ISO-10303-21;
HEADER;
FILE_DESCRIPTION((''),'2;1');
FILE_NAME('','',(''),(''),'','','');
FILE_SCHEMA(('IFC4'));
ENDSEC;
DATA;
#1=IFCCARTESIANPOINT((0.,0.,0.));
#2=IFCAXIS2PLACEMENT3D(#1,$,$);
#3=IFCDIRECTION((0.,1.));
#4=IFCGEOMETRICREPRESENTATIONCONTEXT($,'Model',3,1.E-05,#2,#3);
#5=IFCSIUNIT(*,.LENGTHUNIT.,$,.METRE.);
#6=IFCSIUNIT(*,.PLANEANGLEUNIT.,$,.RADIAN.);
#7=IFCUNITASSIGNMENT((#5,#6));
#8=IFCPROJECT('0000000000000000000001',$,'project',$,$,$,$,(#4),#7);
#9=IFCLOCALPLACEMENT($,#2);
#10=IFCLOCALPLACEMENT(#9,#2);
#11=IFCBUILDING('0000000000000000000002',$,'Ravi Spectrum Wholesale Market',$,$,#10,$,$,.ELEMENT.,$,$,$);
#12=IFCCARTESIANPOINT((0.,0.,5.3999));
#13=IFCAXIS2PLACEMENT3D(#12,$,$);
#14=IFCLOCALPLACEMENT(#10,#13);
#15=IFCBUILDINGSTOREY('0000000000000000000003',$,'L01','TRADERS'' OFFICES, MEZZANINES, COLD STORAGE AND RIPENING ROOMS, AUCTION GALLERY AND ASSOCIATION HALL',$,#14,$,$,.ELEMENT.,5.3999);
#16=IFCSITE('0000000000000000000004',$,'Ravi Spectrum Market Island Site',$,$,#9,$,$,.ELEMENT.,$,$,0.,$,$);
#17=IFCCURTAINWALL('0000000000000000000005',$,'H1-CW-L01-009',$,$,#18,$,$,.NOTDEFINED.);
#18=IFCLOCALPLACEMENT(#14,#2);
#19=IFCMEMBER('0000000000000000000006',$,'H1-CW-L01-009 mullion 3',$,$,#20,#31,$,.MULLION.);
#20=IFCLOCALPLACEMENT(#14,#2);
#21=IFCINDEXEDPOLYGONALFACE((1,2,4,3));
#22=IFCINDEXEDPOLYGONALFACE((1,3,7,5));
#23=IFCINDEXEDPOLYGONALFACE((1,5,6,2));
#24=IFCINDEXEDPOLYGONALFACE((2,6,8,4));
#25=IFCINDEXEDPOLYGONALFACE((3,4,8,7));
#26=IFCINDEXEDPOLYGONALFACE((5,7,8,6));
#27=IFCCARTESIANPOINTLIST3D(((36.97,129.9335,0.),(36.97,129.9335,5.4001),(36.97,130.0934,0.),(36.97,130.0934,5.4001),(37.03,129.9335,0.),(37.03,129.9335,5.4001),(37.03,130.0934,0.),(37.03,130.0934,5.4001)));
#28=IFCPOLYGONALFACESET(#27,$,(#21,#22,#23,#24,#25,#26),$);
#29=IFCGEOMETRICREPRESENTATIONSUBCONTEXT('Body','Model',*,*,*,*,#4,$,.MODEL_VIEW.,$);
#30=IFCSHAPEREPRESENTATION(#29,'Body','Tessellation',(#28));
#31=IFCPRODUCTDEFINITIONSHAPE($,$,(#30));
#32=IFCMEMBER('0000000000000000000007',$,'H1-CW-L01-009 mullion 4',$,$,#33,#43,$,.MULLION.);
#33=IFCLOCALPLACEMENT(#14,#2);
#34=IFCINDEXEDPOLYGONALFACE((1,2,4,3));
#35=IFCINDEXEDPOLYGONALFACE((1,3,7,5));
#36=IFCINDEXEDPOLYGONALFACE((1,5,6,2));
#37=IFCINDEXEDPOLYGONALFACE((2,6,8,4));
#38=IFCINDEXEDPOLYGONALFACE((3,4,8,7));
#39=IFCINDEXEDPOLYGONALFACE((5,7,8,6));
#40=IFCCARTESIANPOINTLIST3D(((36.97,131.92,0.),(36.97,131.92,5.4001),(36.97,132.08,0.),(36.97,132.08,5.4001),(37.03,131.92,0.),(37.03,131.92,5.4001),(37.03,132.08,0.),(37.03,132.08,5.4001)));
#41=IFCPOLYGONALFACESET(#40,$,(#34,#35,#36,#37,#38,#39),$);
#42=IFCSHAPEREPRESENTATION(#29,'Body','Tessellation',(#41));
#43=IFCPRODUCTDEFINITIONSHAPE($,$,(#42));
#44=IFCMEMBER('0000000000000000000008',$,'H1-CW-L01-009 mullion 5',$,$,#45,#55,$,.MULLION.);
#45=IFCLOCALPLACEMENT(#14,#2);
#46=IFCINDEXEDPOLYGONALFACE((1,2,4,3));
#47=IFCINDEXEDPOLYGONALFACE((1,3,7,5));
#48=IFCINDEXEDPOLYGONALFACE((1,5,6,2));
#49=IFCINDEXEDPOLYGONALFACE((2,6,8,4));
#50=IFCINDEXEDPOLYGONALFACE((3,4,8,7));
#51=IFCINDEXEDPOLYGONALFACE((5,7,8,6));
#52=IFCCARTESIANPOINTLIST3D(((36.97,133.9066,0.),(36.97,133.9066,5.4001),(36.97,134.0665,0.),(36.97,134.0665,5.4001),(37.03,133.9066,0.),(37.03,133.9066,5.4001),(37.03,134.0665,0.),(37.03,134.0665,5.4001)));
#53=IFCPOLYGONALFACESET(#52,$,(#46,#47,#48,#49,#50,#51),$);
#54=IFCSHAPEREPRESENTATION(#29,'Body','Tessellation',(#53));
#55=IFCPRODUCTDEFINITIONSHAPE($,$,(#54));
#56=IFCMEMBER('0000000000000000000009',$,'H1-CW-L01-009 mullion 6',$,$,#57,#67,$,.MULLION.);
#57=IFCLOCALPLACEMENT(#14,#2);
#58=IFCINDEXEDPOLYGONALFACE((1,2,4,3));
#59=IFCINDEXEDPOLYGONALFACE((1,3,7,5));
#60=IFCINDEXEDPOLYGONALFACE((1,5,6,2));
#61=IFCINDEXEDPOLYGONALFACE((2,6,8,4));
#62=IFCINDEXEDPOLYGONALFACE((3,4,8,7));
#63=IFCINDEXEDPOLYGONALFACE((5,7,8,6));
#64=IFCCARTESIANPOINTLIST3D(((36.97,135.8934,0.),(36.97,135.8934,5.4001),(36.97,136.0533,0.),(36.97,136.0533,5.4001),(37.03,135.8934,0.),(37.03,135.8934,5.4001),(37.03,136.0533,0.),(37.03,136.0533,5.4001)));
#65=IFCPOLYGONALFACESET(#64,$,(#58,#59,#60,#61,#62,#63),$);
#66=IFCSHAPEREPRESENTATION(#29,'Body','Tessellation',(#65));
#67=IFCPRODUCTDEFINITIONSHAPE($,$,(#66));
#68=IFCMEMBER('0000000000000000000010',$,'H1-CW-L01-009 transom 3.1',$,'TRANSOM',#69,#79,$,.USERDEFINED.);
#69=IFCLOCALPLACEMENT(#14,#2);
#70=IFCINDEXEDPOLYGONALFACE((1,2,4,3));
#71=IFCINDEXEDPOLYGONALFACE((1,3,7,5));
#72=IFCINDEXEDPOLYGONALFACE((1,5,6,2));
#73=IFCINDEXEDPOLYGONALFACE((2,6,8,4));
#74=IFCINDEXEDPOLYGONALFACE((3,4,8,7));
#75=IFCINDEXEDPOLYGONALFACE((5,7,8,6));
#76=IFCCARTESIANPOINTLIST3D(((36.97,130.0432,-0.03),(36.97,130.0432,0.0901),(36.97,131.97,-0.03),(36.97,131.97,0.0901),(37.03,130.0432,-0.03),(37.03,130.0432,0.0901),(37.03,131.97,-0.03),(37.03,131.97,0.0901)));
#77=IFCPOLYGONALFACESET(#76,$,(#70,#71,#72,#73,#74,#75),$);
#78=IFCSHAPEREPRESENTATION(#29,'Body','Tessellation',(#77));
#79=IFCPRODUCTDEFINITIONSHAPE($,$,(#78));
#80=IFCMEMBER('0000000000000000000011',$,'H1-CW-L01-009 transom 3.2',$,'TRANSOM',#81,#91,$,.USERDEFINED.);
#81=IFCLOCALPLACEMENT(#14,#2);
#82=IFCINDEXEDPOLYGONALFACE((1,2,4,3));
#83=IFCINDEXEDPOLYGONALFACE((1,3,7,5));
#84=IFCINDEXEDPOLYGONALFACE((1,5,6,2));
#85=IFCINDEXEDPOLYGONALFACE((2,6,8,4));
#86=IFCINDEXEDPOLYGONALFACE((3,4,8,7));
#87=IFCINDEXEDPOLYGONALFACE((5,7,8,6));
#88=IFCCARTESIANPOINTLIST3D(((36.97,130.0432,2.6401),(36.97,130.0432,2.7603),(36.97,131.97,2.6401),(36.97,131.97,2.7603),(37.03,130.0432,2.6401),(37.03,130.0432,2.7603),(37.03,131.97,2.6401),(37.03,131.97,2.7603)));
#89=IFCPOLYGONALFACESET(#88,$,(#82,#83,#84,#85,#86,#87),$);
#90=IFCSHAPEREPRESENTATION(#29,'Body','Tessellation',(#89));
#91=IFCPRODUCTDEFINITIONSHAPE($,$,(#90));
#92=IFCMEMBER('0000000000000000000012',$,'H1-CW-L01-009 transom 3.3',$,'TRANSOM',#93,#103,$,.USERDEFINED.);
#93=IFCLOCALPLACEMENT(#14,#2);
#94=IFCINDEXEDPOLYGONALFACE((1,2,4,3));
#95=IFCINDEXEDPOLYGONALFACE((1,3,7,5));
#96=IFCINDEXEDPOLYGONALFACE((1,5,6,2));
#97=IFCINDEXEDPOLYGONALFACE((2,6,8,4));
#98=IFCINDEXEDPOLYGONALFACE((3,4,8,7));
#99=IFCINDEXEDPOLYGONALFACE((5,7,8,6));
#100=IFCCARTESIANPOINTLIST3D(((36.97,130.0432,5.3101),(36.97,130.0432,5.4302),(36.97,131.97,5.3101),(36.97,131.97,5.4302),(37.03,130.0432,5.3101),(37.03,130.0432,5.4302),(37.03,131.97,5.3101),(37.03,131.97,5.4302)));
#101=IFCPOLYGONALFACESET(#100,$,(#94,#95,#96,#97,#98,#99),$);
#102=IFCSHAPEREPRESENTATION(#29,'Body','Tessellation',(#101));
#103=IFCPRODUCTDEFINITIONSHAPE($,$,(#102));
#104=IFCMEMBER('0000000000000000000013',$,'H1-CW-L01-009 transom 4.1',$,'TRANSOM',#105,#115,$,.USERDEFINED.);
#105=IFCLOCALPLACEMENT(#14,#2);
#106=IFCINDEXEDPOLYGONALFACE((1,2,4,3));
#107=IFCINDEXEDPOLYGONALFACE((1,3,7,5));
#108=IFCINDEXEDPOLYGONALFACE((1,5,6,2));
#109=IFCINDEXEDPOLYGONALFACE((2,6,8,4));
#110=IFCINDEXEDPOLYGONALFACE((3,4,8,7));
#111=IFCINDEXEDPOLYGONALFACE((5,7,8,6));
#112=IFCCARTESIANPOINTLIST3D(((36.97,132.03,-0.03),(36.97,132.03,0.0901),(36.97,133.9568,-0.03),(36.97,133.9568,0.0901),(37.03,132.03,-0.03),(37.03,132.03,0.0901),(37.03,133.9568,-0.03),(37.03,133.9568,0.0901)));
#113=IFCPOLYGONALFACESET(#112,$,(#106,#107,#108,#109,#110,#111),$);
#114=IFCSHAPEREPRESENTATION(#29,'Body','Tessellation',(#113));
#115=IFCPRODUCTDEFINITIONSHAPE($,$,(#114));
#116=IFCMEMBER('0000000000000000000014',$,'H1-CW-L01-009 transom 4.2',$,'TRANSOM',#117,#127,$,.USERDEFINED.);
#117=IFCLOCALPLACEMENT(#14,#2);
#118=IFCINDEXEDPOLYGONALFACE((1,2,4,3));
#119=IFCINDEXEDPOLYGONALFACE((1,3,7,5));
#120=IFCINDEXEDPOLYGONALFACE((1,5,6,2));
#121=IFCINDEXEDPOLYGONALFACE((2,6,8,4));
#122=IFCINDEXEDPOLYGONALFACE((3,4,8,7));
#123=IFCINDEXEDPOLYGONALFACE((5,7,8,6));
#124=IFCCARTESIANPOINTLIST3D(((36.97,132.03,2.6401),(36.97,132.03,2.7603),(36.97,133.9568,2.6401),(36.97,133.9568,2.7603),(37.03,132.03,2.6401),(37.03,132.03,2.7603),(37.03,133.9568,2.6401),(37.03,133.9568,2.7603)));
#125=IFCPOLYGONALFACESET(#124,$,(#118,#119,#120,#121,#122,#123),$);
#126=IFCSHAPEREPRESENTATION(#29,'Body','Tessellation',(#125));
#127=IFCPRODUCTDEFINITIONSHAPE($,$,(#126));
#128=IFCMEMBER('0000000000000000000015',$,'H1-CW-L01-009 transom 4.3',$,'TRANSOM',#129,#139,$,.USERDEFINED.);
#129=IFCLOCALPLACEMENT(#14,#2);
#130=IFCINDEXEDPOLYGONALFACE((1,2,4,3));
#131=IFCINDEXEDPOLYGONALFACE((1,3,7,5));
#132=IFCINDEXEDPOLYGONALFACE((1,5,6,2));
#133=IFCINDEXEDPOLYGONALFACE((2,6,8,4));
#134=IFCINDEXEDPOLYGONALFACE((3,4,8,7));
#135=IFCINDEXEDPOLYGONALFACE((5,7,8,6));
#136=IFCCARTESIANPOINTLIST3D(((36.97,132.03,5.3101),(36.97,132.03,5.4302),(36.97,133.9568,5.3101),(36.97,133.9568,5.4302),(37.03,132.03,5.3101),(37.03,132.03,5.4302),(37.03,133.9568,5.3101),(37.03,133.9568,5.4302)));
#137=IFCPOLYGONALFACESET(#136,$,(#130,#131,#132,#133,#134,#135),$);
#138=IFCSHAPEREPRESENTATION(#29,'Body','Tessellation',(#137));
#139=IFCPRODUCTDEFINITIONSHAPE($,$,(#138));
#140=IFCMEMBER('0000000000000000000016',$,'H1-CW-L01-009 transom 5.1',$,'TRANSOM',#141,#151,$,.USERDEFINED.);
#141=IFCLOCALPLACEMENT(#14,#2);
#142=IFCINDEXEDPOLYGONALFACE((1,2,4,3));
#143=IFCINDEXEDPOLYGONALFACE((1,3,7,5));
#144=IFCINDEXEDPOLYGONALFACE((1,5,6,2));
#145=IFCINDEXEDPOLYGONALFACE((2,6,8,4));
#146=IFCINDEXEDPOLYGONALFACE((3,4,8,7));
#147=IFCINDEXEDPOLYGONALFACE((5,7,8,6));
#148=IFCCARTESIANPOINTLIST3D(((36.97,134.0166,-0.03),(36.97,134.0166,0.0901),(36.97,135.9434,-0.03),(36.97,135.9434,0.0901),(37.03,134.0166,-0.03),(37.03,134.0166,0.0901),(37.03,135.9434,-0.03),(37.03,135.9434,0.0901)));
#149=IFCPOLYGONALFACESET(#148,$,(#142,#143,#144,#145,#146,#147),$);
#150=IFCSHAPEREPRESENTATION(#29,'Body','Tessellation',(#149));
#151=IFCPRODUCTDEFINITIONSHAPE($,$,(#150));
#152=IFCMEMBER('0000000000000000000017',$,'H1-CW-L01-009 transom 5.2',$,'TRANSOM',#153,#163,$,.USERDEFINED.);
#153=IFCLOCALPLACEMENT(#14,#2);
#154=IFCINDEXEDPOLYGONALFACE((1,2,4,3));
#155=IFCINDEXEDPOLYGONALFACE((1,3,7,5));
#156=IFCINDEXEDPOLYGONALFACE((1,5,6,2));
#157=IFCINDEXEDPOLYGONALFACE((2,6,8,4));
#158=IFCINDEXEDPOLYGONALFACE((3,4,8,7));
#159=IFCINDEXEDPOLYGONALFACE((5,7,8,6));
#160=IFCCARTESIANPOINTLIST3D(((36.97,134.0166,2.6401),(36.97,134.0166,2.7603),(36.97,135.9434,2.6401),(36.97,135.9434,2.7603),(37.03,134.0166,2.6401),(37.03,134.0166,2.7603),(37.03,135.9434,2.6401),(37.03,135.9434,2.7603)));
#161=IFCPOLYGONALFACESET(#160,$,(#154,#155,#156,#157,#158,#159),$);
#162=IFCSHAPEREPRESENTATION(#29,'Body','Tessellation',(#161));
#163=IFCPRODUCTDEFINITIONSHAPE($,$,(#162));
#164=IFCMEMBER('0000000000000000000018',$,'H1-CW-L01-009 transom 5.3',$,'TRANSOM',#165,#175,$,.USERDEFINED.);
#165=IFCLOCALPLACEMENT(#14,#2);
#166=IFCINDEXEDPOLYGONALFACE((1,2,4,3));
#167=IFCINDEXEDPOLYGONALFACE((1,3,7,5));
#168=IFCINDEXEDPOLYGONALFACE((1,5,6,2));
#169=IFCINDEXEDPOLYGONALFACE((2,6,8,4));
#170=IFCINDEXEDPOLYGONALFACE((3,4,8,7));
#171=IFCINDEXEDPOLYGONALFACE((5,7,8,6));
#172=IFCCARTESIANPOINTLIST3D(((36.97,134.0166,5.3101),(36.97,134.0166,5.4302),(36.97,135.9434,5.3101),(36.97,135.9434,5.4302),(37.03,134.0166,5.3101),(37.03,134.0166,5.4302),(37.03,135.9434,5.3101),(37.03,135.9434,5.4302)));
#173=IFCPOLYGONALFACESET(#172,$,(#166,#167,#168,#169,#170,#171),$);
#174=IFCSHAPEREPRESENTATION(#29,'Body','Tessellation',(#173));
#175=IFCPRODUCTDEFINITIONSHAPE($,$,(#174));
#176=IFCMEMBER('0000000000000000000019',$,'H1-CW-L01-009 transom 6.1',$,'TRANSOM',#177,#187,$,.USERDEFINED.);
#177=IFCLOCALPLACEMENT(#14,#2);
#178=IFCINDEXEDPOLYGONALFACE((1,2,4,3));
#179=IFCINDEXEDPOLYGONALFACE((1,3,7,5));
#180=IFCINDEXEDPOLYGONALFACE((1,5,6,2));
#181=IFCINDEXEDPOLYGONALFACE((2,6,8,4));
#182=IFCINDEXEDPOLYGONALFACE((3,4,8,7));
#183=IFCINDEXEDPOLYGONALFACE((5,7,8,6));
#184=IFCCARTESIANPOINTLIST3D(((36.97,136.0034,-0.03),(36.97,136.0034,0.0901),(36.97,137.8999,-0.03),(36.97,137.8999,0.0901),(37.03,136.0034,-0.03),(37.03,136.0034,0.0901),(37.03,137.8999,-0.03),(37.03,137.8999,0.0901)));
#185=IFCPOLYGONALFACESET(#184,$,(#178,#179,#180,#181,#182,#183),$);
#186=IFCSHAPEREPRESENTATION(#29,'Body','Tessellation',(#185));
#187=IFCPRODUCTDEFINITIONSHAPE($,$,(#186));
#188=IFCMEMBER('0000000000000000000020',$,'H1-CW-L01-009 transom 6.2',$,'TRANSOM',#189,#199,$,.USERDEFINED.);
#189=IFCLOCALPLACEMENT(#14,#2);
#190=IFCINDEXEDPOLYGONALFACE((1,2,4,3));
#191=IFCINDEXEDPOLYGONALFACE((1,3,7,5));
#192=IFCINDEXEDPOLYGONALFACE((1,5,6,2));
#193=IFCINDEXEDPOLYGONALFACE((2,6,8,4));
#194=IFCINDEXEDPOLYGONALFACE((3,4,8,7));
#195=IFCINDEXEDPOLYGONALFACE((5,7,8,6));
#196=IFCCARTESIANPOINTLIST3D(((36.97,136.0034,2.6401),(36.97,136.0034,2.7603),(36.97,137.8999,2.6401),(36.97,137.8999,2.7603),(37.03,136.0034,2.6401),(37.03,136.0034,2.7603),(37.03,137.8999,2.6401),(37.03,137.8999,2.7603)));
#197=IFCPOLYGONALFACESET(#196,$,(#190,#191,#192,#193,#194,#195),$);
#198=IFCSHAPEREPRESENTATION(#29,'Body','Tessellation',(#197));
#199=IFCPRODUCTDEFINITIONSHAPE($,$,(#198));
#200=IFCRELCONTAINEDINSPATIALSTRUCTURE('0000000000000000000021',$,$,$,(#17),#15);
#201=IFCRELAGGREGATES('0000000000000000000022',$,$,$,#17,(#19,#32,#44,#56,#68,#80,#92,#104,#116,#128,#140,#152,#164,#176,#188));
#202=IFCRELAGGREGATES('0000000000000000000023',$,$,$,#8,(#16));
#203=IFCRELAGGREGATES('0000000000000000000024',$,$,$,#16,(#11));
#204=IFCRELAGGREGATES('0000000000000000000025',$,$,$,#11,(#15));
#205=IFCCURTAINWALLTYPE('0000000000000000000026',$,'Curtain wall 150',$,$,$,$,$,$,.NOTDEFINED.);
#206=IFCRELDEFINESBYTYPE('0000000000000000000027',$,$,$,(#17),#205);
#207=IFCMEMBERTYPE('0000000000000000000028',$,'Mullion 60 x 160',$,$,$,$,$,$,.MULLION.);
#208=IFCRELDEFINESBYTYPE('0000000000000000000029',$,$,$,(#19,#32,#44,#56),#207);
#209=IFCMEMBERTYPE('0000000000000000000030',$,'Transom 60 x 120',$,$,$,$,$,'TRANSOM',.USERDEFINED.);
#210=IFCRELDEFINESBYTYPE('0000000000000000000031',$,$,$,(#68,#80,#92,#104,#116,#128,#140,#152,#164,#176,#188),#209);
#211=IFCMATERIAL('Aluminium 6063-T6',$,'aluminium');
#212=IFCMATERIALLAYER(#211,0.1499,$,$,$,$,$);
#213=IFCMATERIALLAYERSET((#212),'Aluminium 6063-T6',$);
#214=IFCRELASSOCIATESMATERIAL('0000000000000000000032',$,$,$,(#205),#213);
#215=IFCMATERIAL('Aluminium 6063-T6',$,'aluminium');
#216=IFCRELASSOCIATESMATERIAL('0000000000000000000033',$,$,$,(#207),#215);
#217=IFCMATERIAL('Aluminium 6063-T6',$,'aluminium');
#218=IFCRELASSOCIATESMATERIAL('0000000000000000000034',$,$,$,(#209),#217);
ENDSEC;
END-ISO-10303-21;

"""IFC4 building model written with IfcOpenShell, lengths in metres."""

from ifc_helpers import new_model, si_unit, direction, frame, origin, origin_2d, place, context, subcontext, project, spatial, rectangle, extrude, material, layer, layer_set, material_profile, profile_set, type_object, element, aggregate, save


model = new_model("IFC4")

# Units and contexts
model_context = context("Model", 3, precision=1e-05, world=origin(), true_north=direction((0.0, 1.0)))
body_context = subcontext(model_context, "Body", "Model", "MODEL_VIEW")
ifc_project = project(units=[si_unit("LENGTHUNIT", "METRE"), si_unit("PLANEANGLEUNIT", "RADIAN")], contexts=[model_context])

# Site, building, storey
site_placement = place(None, origin())
site = spatial("IfcSite", under=ifc_project, at=site_placement, Name="Ravi Spectrum Market Island Site", CompositionType="ELEMENT", RefElevation=0.0)
building_placement = place(site_placement, origin())
building = spatial("IfcBuilding", under=site, at=building_placement, Name="Ravi Spectrum Wholesale Market", CompositionType="ELEMENT")
storey_placement = place(building_placement, frame((0.0, 0.0, 5.3999)))
storey = spatial("IfcBuildingStorey", under=building, at=storey_placement, Name="L01", Description="TRADERS' OFFICES, MEZZANINES, COLD STORAGE AND RIPENING ROOMS, AUCTION GALLERY AND ASSOCIATION HALL", CompositionType="ELEMENT", Elevation=5.3999)

# Curtain wall, members
ifc_material_1 = material(Name="Aluminium 6063-T6", Category="aluminium")
ifc_layer_1 = layer(ifc_material_1, 0.1499)
ifc_layer_set_1 = layer_set([ifc_layer_1], Name="Aluminium 6063-T6")
curtain_wall_type = type_object("IfcCurtainWallType", Name="Curtain wall 150", PredefinedType="NOTDEFINED", material=ifc_layer_set_1)
curtain_wall_placement = place(storey_placement, origin())
curtain_wall = element("IfcCurtainWall", 1, at=curtain_wall_placement, inside=storey, type_object=curtain_wall_type, Name="H1-CW-L01-009", PredefinedType="NOTDEFINED")
ifc_material_2 = material(Name="Aluminium 6063-T6", Category="aluminium")
ifc_material_profile_1 = material_profile(ifc_material_2, rectangle(XDim=0.0601, YDim=0.1599, at=origin_2d()))
ifc_profile_set_1 = profile_set([ifc_material_profile_1], Name="Aluminium 6063-T6")
member_type_1 = type_object("IfcMemberType", Name="Mullion 60 x 160", PredefinedType="MULLION", material=ifc_profile_set_1)
member_1_placement = place(storey_placement, frame((37.0, 130.0134, 0.0), z_axis=(0.0, 0.0, 1.0), x_axis=(-1.0, 0.0, 0.0)))
member_1 = element("IfcMember", 2, at=member_1_placement, type_object=member_type_1, Name="H1-CW-L01-009 mullion 3", PredefinedType="MULLION", context=body_context, shape_type="SweptSolid", body=[
    extrude(rectangle(XDim=0.0601, YDim=0.1599, at=origin_2d()), origin(), (0.0, 0.0, 1.0), 5.4001),
])
member_2_placement = place(storey_placement, frame((37.0, 132.0, 0.0), z_axis=(0.0, 0.0, 1.0), x_axis=(-1.0, 0.0, 0.0)))
member_2 = element("IfcMember", 3, at=member_2_placement, type_object=member_type_1, Name="H1-CW-L01-009 mullion 4", PredefinedType="MULLION", context=body_context, shape_type="SweptSolid", body=[
    extrude(rectangle(XDim=0.0601, YDim=0.1599, at=origin_2d()), origin(), (0.0, 0.0, 1.0), 5.4001),
])
member_3_placement = place(storey_placement, frame((37.0, 133.9866, 0.0), z_axis=(0.0, 0.0, 1.0), x_axis=(-1.0, 0.0, 0.0)))
member_3 = element("IfcMember", 4, at=member_3_placement, type_object=member_type_1, Name="H1-CW-L01-009 mullion 5", PredefinedType="MULLION", context=body_context, shape_type="SweptSolid", body=[
    extrude(rectangle(XDim=0.0601, YDim=0.1599, at=origin_2d()), origin(), (0.0, 0.0, 1.0), 5.4001),
])
member_4_placement = place(storey_placement, frame((37.0, 135.9734, 0.0), z_axis=(0.0, 0.0, 1.0), x_axis=(-1.0, 0.0, 0.0)))
member_4 = element("IfcMember", 5, at=member_4_placement, type_object=member_type_1, Name="H1-CW-L01-009 mullion 6", PredefinedType="MULLION", context=body_context, shape_type="SweptSolid", body=[
    extrude(rectangle(XDim=0.0601, YDim=0.1599, at=origin_2d()), origin(), (0.0, 0.0, 1.0), 5.4001),
])
ifc_material_3 = material(Name="Aluminium 6063-T6", Category="aluminium")
ifc_material_profile_2 = material_profile(ifc_material_3, rectangle(XDim=0.0601, YDim=0.1201, at=origin_2d()))
ifc_profile_set_2 = profile_set([ifc_material_profile_2], Name="Aluminium 6063-T6")
member_type_2 = type_object("IfcMemberType", Name="Transom 60 x 120", ElementType="TRANSOM", PredefinedType="USERDEFINED", material=ifc_profile_set_2)
member_5_placement = place(storey_placement, frame((37.0, 130.0432, 0.03), z_axis=(0.0, 1.0, 0.0), x_axis=(-1.0, 0.0, 0.0)))
member_5 = element("IfcMember", 6, at=member_5_placement, type_object=member_type_2, Name="H1-CW-L01-009 transom 3.1", ObjectType="TRANSOM", PredefinedType="USERDEFINED", context=body_context, shape_type="SweptSolid", body=[
    extrude(rectangle(XDim=0.0601, YDim=0.1201, at=origin_2d()), origin(), (0.0, 0.0, 1.0), 1.9268),
])
member_6_placement = place(storey_placement, frame((37.0, 130.0432, 2.7002), z_axis=(0.0, 1.0, 0.0), x_axis=(-1.0, 0.0, 0.0)))
member_6 = element("IfcMember", 7, at=member_6_placement, type_object=member_type_2, Name="H1-CW-L01-009 transom 3.2", ObjectType="TRANSOM", PredefinedType="USERDEFINED", context=body_context, shape_type="SweptSolid", body=[
    extrude(rectangle(XDim=0.0601, YDim=0.1201, at=origin_2d()), origin(), (0.0, 0.0, 1.0), 1.9268),
])
member_7_placement = place(storey_placement, frame((37.0, 130.0432, 5.3701), z_axis=(0.0, 1.0, 0.0), x_axis=(-1.0, 0.0, 0.0)))
member_7 = element("IfcMember", 8, at=member_7_placement, type_object=member_type_2, Name="H1-CW-L01-009 transom 3.3", ObjectType="TRANSOM", PredefinedType="USERDEFINED", context=body_context, shape_type="SweptSolid", body=[
    extrude(rectangle(XDim=0.0601, YDim=0.1201, at=origin_2d()), origin(), (0.0, 0.0, 1.0), 1.9268),
])
member_8_placement = place(storey_placement, frame((37.0, 132.03, 0.03), z_axis=(0.0, 1.0, 0.0), x_axis=(-1.0, 0.0, 0.0)))
member_8 = element("IfcMember", 9, at=member_8_placement, type_object=member_type_2, Name="H1-CW-L01-009 transom 4.1", ObjectType="TRANSOM", PredefinedType="USERDEFINED", context=body_context, shape_type="SweptSolid", body=[
    extrude(rectangle(XDim=0.0601, YDim=0.1201, at=origin_2d()), origin(), (0.0, 0.0, 1.0), 1.9268),
])
member_9_placement = place(storey_placement, frame((37.0, 132.03, 2.7002), z_axis=(0.0, 1.0, 0.0), x_axis=(-1.0, 0.0, 0.0)))
member_9 = element("IfcMember", 10, at=member_9_placement, type_object=member_type_2, Name="H1-CW-L01-009 transom 4.2", ObjectType="TRANSOM", PredefinedType="USERDEFINED", context=body_context, shape_type="SweptSolid", body=[
    extrude(rectangle(XDim=0.0601, YDim=0.1201, at=origin_2d()), origin(), (0.0, 0.0, 1.0), 1.9268),
])
member_10_placement = place(storey_placement, frame((37.0, 132.03, 5.3701), z_axis=(0.0, 1.0, 0.0), x_axis=(-1.0, 0.0, 0.0)))
member_10 = element("IfcMember", 11, at=member_10_placement, type_object=member_type_2, Name="H1-CW-L01-009 transom 4.3", ObjectType="TRANSOM", PredefinedType="USERDEFINED", context=body_context, shape_type="SweptSolid", body=[
    extrude(rectangle(XDim=0.0601, YDim=0.1201, at=origin_2d()), origin(), (0.0, 0.0, 1.0), 1.9268),
])
member_11_placement = place(storey_placement, frame((37.0, 134.0166, 0.03), z_axis=(0.0, 1.0, 0.0), x_axis=(-1.0, 0.0, 0.0)))
member_11 = element("IfcMember", 12, at=member_11_placement, type_object=member_type_2, Name="H1-CW-L01-009 transom 5.1", ObjectType="TRANSOM", PredefinedType="USERDEFINED", context=body_context, shape_type="SweptSolid", body=[
    extrude(rectangle(XDim=0.0601, YDim=0.1201, at=origin_2d()), origin(), (0.0, 0.0, 1.0), 1.9268),
])
member_12_placement = place(storey_placement, frame((37.0, 134.0166, 2.7002), z_axis=(0.0, 1.0, 0.0), x_axis=(-1.0, 0.0, 0.0)))
member_12 = element("IfcMember", 13, at=member_12_placement, type_object=member_type_2, Name="H1-CW-L01-009 transom 5.2", ObjectType="TRANSOM", PredefinedType="USERDEFINED", context=body_context, shape_type="SweptSolid", body=[
    extrude(rectangle(XDim=0.0601, YDim=0.1201, at=origin_2d()), origin(), (0.0, 0.0, 1.0), 1.9268),
])
member_13_placement = place(storey_placement, frame((37.0, 134.0166, 5.3701), z_axis=(0.0, 1.0, 0.0), x_axis=(-1.0, 0.0, 0.0)))
member_13 = element("IfcMember", 14, at=member_13_placement, type_object=member_type_2, Name="H1-CW-L01-009 transom 5.3", ObjectType="TRANSOM", PredefinedType="USERDEFINED", context=body_context, shape_type="SweptSolid", body=[
    extrude(rectangle(XDim=0.0601, YDim=0.1201, at=origin_2d()), origin(), (0.0, 0.0, 1.0), 1.9268),
])
member_14_placement = place(storey_placement, frame((37.0, 136.0034, 0.03), z_axis=(0.0, 1.0, 0.0), x_axis=(-1.0, 0.0, 0.0)))
member_14 = element("IfcMember", 15, at=member_14_placement, type_object=member_type_2, Name="H1-CW-L01-009 transom 6.1", ObjectType="TRANSOM", PredefinedType="USERDEFINED", context=body_context, shape_type="SweptSolid", body=[
    extrude(rectangle(XDim=0.0601, YDim=0.1201, at=origin_2d()), origin(), (0.0, 0.0, 1.0), 1.8965),
])
member_15_placement = place(storey_placement, frame((37.0, 136.0034, 2.7002), z_axis=(0.0, 1.0, 0.0), x_axis=(-1.0, 0.0, 0.0)))
member_15 = element("IfcMember", 16, at=member_15_placement, type_object=member_type_2, Name="H1-CW-L01-009 transom 6.2", ObjectType="TRANSOM", PredefinedType="USERDEFINED", context=body_context, shape_type="SweptSolid", body=[
    extrude(rectangle(XDim=0.0601, YDim=0.1201, at=origin_2d()), origin(), (0.0, 0.0, 1.0), 1.8965),
])
aggregate(curtain_wall, [member_1, member_2, member_3, member_4, member_5, member_6, member_7, member_8, member_9, member_10, member_11, member_12, member_13, member_14, member_15])

save(model, "model.ifc")
